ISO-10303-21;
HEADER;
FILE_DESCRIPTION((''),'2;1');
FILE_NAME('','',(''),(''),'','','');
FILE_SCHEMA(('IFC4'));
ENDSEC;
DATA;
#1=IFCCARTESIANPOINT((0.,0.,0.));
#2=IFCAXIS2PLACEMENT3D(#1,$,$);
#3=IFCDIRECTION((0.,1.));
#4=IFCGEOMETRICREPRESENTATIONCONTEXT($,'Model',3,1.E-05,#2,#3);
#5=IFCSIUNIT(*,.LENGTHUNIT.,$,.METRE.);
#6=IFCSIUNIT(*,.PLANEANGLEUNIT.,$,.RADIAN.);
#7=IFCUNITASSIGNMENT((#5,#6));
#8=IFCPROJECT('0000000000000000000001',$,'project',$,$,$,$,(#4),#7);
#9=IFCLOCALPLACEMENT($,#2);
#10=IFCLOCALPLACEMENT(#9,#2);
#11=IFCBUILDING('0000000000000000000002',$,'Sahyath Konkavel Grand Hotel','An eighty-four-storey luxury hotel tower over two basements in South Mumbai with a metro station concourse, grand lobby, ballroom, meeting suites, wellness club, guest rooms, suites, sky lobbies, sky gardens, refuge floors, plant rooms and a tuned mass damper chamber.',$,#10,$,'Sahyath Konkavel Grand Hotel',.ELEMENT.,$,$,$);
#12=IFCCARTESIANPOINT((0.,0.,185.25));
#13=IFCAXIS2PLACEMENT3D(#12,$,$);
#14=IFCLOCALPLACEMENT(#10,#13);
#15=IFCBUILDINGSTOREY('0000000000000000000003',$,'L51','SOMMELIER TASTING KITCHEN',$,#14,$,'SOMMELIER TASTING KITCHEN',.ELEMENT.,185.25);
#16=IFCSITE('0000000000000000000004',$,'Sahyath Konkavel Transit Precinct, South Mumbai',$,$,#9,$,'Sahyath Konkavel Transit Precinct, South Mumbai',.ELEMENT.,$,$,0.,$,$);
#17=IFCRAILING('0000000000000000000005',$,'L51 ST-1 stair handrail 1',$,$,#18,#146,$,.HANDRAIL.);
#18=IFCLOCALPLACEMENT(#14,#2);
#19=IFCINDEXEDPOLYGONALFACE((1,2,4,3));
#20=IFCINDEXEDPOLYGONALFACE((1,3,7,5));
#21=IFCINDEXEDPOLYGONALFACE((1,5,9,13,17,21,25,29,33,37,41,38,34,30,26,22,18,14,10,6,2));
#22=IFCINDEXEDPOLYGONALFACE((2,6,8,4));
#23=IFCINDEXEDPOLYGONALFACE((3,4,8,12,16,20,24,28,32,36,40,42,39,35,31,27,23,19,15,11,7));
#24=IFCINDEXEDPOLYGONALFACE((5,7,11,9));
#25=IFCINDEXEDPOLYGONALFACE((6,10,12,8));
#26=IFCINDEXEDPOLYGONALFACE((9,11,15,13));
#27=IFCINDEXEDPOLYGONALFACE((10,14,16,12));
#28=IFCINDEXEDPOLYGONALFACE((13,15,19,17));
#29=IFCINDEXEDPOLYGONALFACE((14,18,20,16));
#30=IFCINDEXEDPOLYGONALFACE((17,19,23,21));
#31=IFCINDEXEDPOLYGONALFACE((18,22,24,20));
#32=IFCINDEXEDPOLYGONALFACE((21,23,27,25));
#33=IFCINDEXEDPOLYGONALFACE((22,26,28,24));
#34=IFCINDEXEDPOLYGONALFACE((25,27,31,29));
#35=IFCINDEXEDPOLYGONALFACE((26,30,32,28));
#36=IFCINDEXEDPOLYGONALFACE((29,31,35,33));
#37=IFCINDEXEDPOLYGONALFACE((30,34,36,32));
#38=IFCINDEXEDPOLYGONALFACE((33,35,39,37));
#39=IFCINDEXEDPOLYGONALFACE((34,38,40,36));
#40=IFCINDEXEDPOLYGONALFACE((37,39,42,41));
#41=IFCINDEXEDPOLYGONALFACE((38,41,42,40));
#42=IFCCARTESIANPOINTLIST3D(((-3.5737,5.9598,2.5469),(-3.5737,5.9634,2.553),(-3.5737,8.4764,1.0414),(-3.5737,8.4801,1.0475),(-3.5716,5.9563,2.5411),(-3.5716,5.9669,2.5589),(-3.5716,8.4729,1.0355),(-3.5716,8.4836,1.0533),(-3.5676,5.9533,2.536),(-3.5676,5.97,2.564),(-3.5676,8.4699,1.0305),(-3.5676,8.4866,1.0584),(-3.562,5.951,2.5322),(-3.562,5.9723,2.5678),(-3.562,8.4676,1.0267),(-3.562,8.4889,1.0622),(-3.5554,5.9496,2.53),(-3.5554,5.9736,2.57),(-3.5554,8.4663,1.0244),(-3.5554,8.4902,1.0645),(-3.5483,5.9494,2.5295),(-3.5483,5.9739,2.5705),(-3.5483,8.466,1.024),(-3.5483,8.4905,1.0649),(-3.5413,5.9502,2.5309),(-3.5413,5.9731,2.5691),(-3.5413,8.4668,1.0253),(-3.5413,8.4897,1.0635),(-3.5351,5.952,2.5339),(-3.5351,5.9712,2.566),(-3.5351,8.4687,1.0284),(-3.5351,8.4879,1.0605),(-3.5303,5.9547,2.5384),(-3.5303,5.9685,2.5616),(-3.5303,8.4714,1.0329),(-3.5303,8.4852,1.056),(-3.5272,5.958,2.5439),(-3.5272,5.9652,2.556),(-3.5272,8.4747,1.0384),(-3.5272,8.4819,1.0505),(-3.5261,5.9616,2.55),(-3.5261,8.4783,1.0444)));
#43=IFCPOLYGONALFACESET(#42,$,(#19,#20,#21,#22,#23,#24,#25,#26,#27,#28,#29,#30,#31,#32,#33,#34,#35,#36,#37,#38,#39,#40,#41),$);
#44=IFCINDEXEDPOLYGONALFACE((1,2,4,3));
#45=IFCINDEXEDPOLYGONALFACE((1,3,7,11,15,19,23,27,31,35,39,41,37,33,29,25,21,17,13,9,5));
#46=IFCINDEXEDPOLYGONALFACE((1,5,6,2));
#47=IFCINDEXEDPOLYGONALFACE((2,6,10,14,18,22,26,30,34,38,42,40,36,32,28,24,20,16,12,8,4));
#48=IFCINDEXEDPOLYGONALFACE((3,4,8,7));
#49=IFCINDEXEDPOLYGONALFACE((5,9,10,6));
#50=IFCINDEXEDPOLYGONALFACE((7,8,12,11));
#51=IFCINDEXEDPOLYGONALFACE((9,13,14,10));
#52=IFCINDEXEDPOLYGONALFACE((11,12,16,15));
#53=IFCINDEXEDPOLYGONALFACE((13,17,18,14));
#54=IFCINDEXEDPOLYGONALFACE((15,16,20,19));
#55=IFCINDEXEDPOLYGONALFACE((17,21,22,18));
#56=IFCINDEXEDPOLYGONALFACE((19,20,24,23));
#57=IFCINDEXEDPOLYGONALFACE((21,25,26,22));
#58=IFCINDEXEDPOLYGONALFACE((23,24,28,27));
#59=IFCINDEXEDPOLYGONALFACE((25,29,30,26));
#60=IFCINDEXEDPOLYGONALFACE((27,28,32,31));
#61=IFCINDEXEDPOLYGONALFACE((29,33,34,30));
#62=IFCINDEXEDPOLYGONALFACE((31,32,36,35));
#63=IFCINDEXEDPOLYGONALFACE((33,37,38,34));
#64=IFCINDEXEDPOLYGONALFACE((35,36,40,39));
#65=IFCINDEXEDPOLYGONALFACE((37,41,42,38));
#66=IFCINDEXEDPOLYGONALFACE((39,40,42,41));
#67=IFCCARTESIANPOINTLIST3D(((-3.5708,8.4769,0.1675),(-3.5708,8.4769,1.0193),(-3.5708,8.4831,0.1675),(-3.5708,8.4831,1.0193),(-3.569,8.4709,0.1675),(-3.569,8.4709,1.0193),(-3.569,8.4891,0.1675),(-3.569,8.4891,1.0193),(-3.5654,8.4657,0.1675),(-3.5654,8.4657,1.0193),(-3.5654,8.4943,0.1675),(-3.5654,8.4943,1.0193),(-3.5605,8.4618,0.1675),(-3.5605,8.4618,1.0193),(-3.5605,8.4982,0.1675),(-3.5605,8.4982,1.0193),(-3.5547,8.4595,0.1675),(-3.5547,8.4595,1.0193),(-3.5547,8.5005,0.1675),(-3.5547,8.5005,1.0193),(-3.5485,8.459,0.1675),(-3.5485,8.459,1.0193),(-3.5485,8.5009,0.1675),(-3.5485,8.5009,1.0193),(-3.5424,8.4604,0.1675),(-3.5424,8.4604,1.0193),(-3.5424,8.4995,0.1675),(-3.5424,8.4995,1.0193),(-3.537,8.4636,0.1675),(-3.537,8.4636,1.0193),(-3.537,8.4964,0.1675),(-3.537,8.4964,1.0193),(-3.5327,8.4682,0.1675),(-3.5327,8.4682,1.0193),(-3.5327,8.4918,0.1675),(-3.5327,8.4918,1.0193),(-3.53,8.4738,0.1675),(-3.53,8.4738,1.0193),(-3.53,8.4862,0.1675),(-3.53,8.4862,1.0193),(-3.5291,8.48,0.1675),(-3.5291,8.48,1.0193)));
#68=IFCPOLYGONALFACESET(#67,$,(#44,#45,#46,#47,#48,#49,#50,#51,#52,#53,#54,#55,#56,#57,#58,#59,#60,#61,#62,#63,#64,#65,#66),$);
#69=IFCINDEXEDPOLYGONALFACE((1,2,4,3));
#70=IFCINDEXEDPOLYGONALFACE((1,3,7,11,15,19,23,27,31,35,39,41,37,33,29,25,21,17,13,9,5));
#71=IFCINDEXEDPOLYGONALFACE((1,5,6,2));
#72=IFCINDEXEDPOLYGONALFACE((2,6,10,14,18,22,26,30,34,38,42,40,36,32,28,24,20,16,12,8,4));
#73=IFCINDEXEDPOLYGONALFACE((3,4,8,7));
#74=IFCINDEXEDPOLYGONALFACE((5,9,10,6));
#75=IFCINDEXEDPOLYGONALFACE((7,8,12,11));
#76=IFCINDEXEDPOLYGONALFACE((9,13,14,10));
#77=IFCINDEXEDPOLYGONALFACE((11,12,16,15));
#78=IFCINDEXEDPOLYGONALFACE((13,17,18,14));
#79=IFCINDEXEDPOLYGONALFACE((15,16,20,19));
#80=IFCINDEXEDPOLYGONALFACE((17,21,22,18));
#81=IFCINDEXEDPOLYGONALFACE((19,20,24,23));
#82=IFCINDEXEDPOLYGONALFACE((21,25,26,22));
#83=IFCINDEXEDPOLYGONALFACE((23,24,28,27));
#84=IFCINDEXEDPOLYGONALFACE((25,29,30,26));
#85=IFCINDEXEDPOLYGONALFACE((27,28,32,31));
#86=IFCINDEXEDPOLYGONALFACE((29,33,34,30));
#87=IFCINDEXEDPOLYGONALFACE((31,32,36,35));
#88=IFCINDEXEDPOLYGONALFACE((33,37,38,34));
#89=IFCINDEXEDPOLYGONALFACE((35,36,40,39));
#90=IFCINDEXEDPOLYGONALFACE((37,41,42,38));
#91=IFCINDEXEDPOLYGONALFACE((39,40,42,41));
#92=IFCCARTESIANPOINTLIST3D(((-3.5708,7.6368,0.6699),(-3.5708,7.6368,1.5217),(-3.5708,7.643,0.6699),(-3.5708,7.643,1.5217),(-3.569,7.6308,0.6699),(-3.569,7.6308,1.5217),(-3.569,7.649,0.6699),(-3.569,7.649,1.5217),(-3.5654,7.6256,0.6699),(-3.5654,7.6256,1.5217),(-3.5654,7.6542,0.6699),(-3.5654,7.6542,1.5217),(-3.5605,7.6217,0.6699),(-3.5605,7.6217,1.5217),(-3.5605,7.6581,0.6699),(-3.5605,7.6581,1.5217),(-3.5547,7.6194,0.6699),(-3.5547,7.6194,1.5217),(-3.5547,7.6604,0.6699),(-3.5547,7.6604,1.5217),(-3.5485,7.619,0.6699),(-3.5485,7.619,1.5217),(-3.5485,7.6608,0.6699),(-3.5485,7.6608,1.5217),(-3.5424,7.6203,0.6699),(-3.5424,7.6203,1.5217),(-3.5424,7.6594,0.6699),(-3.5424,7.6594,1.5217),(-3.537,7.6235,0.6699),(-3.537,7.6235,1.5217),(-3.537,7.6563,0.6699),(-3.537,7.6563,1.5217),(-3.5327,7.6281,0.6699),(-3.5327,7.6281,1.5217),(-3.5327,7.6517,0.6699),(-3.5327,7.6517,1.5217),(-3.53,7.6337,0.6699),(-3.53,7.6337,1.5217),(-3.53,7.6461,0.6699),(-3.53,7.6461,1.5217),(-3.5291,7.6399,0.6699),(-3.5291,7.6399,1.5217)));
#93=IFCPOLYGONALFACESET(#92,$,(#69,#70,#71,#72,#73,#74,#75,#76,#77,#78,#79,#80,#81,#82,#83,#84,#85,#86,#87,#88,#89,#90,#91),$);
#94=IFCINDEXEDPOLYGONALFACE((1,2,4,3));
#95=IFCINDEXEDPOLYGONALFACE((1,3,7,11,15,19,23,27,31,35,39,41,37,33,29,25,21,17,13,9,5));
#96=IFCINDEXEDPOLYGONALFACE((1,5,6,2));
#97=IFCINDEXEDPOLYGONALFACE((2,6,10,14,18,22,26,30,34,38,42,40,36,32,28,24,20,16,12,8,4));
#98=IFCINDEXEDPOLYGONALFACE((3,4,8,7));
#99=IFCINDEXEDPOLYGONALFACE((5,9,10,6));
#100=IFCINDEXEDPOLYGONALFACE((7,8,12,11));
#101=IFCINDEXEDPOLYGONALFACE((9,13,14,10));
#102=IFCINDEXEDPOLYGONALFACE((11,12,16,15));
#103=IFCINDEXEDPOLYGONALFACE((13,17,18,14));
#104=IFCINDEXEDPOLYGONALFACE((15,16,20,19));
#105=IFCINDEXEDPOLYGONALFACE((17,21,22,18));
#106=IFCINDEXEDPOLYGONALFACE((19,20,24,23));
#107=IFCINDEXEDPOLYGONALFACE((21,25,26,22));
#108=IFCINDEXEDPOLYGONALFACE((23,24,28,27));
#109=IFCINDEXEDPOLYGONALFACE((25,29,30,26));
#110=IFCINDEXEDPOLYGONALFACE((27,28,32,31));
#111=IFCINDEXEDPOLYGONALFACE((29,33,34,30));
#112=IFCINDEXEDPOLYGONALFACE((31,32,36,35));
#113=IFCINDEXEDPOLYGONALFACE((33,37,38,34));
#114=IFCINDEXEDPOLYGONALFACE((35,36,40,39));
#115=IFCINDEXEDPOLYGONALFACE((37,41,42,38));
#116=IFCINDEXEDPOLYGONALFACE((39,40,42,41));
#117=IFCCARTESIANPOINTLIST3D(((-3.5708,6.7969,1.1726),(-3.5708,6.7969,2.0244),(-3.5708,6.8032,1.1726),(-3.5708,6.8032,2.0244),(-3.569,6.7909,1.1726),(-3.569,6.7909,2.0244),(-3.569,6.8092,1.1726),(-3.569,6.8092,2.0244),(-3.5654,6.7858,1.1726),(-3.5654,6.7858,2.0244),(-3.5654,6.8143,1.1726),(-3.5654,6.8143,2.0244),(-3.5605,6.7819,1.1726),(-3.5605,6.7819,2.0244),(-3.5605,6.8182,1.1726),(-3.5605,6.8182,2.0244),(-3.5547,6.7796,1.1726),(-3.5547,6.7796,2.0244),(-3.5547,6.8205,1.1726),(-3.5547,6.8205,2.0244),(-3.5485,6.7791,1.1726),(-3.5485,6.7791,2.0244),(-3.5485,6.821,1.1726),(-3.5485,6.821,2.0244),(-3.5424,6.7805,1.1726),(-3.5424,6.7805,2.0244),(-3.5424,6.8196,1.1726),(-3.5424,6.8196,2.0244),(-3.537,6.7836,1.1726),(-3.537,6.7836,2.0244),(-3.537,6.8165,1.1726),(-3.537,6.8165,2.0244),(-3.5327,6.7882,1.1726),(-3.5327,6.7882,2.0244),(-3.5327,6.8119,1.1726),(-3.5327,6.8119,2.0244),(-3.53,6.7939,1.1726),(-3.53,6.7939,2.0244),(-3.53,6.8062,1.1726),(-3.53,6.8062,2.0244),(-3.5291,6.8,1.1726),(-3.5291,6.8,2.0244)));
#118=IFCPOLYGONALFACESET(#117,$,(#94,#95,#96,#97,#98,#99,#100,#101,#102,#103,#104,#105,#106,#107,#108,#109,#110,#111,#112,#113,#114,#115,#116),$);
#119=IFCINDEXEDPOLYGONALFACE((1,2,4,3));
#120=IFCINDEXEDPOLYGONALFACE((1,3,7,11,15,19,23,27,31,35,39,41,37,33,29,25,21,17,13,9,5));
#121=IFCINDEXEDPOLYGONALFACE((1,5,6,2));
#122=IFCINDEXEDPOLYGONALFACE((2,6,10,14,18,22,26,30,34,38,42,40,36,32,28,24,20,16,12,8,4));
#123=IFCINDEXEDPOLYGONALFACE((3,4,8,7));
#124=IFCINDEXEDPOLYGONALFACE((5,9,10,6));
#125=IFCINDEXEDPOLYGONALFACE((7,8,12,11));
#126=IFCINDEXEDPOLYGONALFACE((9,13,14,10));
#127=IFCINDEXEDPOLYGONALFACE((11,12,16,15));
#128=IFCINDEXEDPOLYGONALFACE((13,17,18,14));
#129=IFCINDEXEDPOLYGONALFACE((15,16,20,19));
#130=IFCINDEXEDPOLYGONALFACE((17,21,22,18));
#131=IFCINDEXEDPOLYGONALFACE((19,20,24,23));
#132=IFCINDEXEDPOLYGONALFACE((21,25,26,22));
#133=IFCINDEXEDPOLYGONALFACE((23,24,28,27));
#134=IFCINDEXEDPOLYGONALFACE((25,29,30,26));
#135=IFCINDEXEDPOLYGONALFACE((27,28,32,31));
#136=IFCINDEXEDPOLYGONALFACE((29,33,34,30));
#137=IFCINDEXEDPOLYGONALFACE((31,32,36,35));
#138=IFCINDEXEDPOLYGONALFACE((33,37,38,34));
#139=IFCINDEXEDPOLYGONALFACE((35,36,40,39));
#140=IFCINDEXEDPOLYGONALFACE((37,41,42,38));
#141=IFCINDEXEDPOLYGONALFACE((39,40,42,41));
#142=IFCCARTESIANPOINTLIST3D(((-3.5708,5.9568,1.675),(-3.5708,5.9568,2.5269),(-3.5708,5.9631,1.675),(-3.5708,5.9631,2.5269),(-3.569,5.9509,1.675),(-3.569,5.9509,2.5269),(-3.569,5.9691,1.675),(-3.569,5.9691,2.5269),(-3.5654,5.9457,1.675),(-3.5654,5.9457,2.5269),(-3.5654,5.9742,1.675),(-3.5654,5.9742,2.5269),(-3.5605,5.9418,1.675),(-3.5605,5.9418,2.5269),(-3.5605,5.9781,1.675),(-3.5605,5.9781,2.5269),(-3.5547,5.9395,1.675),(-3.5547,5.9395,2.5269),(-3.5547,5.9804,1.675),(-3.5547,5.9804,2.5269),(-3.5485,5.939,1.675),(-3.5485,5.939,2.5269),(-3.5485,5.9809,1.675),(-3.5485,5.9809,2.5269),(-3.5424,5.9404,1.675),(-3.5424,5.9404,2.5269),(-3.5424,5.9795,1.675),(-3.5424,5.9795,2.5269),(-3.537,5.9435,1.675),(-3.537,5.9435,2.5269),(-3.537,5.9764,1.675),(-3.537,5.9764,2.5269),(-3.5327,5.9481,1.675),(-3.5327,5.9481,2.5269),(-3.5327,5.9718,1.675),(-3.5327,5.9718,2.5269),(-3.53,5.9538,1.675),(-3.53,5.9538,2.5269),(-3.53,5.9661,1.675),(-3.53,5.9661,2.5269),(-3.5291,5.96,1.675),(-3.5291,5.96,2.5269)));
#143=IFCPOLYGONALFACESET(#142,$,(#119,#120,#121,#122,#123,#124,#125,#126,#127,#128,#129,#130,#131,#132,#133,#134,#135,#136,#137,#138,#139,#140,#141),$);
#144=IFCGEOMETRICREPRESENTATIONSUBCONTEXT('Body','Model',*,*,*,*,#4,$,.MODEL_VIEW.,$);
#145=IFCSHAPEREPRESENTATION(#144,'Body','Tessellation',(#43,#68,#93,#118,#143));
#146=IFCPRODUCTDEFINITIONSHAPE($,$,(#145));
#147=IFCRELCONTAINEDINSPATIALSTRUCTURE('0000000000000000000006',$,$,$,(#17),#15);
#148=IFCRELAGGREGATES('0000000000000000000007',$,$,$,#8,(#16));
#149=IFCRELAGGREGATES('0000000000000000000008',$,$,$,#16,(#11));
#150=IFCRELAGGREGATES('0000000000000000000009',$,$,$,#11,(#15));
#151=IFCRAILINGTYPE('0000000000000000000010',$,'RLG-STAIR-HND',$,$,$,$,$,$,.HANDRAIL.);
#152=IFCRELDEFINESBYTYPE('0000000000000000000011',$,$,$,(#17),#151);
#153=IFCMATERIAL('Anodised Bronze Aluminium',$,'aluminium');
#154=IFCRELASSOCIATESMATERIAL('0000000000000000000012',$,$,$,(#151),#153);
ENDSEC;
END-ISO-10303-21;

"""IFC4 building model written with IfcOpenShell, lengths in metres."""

from ifc_helpers import new_model, si_unit, direction, frame, origin, origin_2d, place, context, subcontext, project, spatial, circle, extrude, material, type_object, element, save


model = new_model("IFC4")

# Units and contexts
model_context = context("Model", 3, precision=1e-05, world=origin(), true_north=direction((0.0, 1.0)))
body_context = subcontext(model_context, "Body", "Model", "MODEL_VIEW")
ifc_project = project(units=[si_unit("LENGTHUNIT", "METRE"), si_unit("PLANEANGLEUNIT", "RADIAN")], contexts=[model_context])

# Site, building, storey
site_placement = place(None, origin())
site = spatial("IfcSite", under=ifc_project, at=site_placement, Name="Sahyath Konkavel Transit Precinct, South Mumbai", LongName="Sahyath Konkavel Transit Precinct, South Mumbai", CompositionType="ELEMENT", RefElevation=0.0)
building_placement = place(site_placement, origin())
building = spatial("IfcBuilding", under=site, at=building_placement, Name="Sahyath Konkavel Grand Hotel", Description="An eighty-four-storey luxury hotel tower over two basements in South Mumbai with a metro station concourse, grand lobby, ballroom, meeting suites, wellness club, guest rooms, suites, sky lobbies, sky gardens, refuge floors, plant rooms and a tuned mass damper chamber.", LongName="Sahyath Konkavel Grand Hotel", CompositionType="ELEMENT")
storey_placement = place(building_placement, frame((0.0, 0.0, 185.25)))
storey = spatial("IfcBuildingStorey", under=building, at=storey_placement, Name="L51", Description="SOMMELIER TASTING KITCHEN", LongName="SOMMELIER TASTING KITCHEN", CompositionType="ELEMENT", Elevation=185.25)

# Shared definitions
ifc_material_1 = material(Name="Anodised Bronze Aluminium", Category="aluminium")

# Railing
railing_type_1 = type_object("IfcRailingType", Name="RLG-STAIR-HND", PredefinedType="HANDRAIL", material=ifc_material_1)
railing_1_placement = place(storey_placement, frame((-3.55, 8.48, 0.1675)))
element("IfcRailing", 1, at=railing_1_placement, inside=storey, type_object=railing_type_1, Name="L51 ST-1 stair handrail 1", PredefinedType="HANDRAIL", context=body_context, shape_type="SweptSolid", body=[
    extrude(circle(Radius=0.0239, at=origin_2d()), frame((0.0, -0.0017, 0.877), z_axis=(0.0, -0.85816, 0.513383), x_axis=(1.0, 0.0, 0.0)), (0.0, 0.0, 1.0), 2.9326),
    extrude(circle(Radius=0.021, at=origin_2d()), origin(), (0.0, 0.0, 1.0), 0.8518),
    extrude(circle(Radius=0.021, at=origin_2d()), frame((0.0, -0.8401, 0.5024)), (0.0, 0.0, 1.0), 0.8518),
    extrude(circle(Radius=0.021, at=origin_2d()), frame((0.0, -1.6799, 1.0051)), (0.0, 0.0, 1.0), 0.8518),
    extrude(circle(Radius=0.021, at=origin_2d()), frame((0.0, -2.52, 1.5076)), (0.0, 0.0, 1.0), 0.8518),
])

save(model, "model.ifc")
